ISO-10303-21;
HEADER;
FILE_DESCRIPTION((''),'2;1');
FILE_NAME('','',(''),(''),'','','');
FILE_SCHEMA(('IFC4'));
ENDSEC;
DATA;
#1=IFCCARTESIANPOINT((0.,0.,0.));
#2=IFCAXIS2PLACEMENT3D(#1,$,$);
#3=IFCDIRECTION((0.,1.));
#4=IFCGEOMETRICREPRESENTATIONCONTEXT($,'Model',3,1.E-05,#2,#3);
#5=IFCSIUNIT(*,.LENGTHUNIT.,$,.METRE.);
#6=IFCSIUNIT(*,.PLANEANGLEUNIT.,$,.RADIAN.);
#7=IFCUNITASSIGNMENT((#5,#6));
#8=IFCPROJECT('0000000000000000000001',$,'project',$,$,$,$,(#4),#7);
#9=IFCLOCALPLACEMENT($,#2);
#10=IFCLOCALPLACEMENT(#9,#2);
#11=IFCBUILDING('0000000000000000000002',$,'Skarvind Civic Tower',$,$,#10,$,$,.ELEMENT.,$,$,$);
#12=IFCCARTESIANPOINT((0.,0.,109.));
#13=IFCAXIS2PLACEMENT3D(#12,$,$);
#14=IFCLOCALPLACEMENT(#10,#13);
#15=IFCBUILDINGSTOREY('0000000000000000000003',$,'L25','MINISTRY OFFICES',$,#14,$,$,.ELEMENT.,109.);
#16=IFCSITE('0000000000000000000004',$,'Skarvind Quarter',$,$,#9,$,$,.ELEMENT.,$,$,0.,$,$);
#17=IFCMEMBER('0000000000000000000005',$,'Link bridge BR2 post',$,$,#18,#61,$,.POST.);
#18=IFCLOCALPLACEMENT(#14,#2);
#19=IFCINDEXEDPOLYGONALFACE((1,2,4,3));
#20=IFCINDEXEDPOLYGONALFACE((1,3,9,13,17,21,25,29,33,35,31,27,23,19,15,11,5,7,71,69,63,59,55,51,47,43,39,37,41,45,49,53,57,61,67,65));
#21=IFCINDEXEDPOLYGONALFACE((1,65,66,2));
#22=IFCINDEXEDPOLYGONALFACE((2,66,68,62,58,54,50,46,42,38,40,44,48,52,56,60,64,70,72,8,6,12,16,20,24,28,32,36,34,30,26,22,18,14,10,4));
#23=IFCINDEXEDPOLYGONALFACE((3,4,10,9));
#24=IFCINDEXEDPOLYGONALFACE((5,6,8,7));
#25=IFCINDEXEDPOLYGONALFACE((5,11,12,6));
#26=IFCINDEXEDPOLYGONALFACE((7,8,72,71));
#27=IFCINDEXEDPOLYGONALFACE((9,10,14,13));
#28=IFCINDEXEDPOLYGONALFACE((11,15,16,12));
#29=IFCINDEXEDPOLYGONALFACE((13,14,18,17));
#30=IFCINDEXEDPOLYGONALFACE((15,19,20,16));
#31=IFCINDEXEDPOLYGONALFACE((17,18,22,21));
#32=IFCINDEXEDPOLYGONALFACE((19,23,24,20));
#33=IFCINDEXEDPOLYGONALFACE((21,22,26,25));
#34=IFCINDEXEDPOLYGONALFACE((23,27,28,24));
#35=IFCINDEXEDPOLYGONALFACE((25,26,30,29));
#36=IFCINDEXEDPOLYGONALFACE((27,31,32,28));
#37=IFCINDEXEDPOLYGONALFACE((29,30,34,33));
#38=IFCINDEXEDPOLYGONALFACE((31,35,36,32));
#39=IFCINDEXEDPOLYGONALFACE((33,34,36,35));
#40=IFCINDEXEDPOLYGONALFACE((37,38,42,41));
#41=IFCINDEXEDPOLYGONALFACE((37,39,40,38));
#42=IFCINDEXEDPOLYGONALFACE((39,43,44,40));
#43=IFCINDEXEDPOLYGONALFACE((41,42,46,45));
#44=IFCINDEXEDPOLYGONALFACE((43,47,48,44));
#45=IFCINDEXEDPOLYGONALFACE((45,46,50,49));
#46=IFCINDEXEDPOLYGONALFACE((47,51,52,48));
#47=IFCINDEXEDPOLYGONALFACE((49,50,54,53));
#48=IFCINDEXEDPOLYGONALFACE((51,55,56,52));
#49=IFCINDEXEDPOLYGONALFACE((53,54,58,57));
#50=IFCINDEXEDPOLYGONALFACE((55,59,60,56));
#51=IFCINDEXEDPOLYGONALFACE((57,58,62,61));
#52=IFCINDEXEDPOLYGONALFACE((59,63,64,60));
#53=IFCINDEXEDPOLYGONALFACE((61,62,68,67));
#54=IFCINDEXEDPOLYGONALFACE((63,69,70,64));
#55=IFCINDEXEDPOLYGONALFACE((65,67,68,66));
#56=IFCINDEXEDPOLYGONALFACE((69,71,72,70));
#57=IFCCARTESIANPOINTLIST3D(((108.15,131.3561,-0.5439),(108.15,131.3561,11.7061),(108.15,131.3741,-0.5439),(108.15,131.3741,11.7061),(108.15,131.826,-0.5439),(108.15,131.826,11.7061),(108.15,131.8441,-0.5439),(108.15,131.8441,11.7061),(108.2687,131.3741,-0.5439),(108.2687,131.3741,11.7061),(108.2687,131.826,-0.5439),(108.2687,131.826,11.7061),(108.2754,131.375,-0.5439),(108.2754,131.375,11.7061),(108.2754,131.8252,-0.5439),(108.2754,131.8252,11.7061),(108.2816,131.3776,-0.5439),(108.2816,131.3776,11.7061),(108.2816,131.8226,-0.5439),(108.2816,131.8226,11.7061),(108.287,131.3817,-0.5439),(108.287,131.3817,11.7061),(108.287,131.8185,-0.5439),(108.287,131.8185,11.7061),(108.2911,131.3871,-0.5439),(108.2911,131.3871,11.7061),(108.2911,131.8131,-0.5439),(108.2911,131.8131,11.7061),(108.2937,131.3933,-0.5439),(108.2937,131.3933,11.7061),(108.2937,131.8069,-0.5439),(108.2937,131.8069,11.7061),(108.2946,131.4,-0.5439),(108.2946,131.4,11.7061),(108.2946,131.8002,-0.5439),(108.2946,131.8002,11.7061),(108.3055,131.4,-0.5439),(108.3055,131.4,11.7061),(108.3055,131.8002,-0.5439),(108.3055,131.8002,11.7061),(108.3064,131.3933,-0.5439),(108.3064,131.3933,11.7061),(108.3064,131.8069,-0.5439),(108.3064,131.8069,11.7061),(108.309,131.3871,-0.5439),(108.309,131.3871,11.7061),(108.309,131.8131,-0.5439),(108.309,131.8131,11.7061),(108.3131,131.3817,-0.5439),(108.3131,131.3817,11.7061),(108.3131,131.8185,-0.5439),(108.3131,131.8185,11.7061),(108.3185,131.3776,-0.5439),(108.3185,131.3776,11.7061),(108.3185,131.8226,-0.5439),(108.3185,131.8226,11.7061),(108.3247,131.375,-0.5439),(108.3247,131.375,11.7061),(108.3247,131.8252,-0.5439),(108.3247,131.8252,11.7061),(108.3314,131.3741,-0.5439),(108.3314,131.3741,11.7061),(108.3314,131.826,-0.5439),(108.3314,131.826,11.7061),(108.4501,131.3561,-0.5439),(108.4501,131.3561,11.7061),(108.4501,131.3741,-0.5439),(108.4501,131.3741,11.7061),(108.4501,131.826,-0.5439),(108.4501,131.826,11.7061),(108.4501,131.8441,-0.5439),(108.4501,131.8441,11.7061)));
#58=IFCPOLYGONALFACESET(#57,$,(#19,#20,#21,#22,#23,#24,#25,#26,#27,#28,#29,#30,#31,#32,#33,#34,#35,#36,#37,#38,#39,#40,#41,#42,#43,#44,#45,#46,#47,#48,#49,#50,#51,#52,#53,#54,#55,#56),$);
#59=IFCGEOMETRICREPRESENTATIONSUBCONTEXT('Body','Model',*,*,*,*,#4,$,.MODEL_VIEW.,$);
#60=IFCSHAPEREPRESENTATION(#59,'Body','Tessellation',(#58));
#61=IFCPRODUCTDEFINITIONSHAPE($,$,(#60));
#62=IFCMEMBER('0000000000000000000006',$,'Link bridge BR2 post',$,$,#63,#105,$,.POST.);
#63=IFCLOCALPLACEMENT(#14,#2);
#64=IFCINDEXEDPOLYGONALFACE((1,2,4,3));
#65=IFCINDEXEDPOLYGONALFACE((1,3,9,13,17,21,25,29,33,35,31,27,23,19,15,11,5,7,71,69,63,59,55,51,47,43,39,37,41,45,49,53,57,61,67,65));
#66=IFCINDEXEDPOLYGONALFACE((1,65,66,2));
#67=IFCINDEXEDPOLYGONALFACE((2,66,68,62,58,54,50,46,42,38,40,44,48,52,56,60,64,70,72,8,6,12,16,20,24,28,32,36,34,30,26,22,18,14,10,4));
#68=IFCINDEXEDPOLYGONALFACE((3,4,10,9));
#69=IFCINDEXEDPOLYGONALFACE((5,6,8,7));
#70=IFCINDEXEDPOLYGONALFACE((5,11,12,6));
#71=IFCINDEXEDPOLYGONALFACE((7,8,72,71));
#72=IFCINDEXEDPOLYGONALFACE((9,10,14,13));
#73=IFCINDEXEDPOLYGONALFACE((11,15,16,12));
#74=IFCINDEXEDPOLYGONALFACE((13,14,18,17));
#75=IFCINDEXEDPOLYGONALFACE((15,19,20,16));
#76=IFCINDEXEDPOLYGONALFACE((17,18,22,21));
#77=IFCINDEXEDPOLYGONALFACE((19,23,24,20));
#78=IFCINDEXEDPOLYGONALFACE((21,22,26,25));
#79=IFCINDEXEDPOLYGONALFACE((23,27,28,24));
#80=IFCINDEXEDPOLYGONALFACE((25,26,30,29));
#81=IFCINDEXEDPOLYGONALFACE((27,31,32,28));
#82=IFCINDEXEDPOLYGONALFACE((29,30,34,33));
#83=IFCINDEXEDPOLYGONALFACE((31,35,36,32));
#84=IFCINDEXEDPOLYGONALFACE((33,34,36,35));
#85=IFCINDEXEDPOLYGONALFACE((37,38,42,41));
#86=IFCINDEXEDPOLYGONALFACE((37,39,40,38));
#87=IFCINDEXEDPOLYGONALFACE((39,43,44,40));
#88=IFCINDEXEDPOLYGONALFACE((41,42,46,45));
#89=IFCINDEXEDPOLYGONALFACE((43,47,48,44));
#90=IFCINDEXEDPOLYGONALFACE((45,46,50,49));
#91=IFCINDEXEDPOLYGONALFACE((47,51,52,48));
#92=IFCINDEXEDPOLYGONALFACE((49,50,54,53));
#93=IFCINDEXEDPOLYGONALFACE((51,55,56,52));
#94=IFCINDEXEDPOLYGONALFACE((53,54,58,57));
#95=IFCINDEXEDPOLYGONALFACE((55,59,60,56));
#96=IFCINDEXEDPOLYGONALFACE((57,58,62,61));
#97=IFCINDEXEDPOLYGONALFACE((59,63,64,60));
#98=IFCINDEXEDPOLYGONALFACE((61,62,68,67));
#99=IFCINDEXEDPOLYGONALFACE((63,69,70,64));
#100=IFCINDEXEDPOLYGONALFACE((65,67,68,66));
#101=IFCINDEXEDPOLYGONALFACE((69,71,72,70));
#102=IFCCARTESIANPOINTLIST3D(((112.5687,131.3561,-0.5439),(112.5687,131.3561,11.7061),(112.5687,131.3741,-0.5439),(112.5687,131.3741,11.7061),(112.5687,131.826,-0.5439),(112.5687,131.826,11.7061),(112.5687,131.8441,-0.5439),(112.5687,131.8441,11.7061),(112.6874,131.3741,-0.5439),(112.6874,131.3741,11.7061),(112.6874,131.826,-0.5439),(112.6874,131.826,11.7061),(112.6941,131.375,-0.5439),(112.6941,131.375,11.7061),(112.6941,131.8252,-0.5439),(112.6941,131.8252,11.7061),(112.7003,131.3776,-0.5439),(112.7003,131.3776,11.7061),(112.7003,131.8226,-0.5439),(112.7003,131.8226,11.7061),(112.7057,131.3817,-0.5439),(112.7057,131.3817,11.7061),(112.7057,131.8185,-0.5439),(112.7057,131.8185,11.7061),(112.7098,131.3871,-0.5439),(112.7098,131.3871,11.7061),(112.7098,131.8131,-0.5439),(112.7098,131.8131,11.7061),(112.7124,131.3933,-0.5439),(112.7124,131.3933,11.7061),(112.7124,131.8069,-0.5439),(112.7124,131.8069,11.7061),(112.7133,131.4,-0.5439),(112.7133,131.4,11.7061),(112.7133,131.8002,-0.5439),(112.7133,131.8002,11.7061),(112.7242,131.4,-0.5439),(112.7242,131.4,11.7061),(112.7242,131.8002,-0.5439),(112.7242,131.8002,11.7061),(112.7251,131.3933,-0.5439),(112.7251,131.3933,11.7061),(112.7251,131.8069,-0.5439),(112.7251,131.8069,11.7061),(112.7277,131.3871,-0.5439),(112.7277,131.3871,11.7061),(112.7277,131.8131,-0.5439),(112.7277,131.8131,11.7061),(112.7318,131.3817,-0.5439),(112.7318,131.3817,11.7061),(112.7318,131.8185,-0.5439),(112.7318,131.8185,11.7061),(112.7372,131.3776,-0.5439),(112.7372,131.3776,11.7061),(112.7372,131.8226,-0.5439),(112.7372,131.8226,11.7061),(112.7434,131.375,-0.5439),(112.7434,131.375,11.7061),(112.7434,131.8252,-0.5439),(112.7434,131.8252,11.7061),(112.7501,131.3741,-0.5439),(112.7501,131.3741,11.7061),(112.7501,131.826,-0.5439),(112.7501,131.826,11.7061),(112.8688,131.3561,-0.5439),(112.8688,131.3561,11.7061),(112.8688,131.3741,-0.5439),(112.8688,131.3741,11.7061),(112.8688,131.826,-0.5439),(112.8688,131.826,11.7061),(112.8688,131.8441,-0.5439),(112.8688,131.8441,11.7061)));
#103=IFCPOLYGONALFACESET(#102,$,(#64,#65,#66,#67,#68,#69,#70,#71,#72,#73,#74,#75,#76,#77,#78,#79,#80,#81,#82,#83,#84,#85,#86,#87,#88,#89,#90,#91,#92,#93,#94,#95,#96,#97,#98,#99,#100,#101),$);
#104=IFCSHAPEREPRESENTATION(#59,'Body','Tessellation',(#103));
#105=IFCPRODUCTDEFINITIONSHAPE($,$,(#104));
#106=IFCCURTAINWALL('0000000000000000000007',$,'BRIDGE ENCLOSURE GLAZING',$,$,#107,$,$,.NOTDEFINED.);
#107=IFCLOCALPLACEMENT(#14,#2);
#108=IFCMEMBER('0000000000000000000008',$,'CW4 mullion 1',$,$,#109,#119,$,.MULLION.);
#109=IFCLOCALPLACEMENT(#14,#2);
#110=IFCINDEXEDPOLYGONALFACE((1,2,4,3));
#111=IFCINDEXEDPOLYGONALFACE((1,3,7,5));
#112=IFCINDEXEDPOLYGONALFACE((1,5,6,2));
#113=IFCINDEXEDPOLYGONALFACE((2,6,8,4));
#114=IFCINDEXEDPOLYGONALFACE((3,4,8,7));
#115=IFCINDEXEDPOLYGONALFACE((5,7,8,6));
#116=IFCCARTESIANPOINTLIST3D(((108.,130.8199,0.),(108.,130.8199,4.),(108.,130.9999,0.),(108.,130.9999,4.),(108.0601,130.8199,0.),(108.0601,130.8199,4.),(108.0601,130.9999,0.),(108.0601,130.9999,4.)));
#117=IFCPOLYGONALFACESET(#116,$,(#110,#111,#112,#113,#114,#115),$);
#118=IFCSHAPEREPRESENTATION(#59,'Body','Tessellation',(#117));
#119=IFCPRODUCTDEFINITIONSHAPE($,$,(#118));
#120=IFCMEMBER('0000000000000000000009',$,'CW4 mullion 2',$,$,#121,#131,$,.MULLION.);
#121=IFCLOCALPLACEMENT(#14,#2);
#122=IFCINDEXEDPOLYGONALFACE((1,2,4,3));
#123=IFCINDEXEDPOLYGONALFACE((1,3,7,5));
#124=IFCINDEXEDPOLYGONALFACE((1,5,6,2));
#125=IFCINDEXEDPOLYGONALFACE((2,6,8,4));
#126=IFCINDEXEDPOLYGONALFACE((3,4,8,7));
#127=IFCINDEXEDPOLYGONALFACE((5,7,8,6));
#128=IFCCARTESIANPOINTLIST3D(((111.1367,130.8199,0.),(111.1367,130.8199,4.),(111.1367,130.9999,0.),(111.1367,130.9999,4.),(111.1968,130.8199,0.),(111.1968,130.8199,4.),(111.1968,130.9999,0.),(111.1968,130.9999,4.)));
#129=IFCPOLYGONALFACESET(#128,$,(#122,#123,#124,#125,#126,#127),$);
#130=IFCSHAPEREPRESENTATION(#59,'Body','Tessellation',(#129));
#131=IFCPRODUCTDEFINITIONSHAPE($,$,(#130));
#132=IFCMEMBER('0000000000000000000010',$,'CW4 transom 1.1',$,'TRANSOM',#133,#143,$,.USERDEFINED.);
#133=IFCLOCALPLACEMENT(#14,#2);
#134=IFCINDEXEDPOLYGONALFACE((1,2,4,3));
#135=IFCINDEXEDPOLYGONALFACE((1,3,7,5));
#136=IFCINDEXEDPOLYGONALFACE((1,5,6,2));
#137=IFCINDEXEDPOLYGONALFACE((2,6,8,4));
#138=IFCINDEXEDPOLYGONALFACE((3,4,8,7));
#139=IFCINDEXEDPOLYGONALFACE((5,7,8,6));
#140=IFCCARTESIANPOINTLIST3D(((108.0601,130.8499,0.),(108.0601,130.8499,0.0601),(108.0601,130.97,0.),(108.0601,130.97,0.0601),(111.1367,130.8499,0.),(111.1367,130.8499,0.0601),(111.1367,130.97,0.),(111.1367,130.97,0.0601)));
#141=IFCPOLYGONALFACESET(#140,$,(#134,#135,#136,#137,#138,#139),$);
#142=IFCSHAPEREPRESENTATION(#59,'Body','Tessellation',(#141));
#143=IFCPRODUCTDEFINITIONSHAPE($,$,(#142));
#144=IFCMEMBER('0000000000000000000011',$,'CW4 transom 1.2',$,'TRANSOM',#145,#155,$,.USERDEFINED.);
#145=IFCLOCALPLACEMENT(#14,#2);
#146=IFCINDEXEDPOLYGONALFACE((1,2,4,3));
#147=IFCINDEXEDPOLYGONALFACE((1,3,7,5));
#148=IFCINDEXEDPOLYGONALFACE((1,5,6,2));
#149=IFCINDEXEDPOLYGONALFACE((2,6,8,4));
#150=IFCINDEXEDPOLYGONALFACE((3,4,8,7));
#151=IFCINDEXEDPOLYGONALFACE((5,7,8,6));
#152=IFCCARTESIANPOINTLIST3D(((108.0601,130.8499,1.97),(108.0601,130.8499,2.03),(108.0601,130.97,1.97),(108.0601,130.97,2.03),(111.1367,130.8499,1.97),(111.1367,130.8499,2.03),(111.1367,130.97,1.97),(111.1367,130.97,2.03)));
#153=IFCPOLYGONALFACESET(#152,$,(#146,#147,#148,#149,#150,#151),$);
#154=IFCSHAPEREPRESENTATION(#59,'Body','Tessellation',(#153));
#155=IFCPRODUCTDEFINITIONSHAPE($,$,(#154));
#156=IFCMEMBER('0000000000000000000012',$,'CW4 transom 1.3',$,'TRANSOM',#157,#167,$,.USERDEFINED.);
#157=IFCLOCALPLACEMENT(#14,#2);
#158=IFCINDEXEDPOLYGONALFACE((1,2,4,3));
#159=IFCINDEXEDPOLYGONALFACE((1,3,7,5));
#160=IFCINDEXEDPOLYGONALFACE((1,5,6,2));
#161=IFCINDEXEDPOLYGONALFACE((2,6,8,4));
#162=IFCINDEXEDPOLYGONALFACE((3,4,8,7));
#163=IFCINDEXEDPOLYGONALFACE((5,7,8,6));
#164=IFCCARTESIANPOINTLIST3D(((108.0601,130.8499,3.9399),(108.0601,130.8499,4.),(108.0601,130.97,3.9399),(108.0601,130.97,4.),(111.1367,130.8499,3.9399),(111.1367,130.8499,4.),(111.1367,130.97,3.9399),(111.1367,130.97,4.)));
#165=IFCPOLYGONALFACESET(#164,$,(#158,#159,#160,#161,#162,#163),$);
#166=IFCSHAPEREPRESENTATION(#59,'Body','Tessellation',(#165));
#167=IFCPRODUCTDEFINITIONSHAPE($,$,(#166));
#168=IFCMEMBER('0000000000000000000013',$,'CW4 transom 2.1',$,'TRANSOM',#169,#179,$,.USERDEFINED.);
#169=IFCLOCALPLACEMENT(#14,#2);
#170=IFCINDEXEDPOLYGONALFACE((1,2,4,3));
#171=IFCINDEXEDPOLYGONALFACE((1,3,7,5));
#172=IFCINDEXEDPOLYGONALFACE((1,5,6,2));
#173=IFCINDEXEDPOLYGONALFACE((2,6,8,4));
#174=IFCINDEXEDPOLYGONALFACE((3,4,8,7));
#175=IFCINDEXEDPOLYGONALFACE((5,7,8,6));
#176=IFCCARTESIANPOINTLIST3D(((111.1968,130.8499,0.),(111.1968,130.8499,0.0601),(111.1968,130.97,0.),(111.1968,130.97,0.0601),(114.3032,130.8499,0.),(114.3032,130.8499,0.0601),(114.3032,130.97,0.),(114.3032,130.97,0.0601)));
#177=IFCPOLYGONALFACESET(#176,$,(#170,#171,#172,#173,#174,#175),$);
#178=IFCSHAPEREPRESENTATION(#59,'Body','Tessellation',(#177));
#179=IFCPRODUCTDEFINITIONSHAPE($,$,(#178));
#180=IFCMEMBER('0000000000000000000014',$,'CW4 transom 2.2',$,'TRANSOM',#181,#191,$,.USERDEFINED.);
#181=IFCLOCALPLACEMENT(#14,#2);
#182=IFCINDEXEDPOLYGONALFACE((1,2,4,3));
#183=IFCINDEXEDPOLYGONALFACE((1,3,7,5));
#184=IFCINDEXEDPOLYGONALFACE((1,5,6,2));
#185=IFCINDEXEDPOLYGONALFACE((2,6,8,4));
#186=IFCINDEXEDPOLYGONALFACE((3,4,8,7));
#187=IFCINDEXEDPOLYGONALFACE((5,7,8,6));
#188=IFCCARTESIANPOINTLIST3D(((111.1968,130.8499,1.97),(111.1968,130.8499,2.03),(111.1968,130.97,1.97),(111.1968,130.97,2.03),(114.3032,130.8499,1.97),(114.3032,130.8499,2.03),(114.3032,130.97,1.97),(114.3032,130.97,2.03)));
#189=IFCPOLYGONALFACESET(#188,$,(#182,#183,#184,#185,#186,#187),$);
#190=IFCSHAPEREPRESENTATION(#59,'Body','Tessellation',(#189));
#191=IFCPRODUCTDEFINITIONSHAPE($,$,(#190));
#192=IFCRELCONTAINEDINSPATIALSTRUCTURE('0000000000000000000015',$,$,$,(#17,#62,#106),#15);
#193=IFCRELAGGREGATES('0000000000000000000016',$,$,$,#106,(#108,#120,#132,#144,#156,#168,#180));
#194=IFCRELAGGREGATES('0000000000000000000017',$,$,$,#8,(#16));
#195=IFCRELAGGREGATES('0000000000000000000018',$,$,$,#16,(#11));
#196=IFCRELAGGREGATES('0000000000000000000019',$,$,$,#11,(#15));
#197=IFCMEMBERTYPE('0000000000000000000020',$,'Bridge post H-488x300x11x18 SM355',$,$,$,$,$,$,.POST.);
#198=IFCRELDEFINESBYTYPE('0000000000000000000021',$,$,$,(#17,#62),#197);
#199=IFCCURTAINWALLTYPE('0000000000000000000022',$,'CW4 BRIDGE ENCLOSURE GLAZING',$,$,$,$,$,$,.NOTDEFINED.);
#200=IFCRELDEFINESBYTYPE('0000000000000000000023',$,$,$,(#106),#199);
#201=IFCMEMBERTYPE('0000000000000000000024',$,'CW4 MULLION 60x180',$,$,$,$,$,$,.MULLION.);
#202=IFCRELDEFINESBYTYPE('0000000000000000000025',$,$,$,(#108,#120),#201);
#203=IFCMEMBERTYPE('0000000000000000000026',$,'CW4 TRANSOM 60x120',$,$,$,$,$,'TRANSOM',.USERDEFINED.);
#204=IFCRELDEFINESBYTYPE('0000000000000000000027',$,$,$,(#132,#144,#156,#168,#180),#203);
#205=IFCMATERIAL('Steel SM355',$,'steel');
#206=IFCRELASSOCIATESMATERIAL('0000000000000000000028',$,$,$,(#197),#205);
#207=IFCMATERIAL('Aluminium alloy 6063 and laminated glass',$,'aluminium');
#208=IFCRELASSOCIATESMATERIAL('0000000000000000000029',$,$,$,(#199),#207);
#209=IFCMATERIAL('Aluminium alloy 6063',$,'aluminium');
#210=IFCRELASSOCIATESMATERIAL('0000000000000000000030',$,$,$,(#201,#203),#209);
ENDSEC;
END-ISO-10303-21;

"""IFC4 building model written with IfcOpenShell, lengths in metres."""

from ifc_helpers import new_model, si_unit, direction, frame, origin, origin_2d, place, context, subcontext, project, spatial, rectangle, i_section, extrude, material, material_profile, profile_set, type_object, element, aggregate, save


model = new_model("IFC4")

# Units and contexts
model_context = context("Model", 3, precision=1e-05, world=origin(), true_north=direction((0.0, 1.0)))
body_context = subcontext(model_context, "Body", "Model", "MODEL_VIEW")
ifc_project = project(units=[si_unit("LENGTHUNIT", "METRE"), si_unit("PLANEANGLEUNIT", "RADIAN")], contexts=[model_context])

# Site, building, storey
site_placement = place(None, origin())
site = spatial("IfcSite", under=ifc_project, at=site_placement, Name="Skarvind Quarter", CompositionType="ELEMENT", RefElevation=0.0)
building_placement = place(site_placement, origin())
building = spatial("IfcBuilding", under=site, at=building_placement, Name="Skarvind Civic Tower", CompositionType="ELEMENT")
storey_placement = place(building_placement, frame((0.0, 0.0, 109.0)))
storey = spatial("IfcBuildingStorey", under=building, at=storey_placement, Name="L25", Description="MINISTRY OFFICES", CompositionType="ELEMENT", Elevation=109.0)

# Members
ifc_material_1 = material(Name="Steel SM355", Category="steel")
ifc_material_profile_1 = material_profile(ifc_material_1, i_section(OverallWidth=0.3, OverallDepth=0.488, WebThickness=0.011, FlangeThickness=0.0181, FilletRadius=0.0259, at=origin_2d()), Name="H-488x300x11x18")
ifc_profile_set_1 = profile_set([ifc_material_profile_1], Name="Steel SM355")
member_type_1 = type_object("IfcMemberType", Name="Bridge post H-488x300x11x18 SM355", PredefinedType="POST", material=ifc_profile_set_1)
for number, where, z_axis, x_axis, name in (
    (1, (108.3, 131.6001, -0.5439), (0.0, 0.0, 1.0), (1.0, 0.0, 0.0), "Link bridge BR2 post"),
    (2, (112.7188, 131.6001, -0.5439), (0.0, 0.0, 1.0), (1.0, 0.0, 0.0), "Link bridge BR2 post"),
):
    element("IfcMember", number, at=place(storey_placement, frame(where, z_axis=z_axis, x_axis=x_axis)), inside=storey, type_object=member_type_1, Name=name, PredefinedType="POST", context=body_context, shape_type="SweptSolid", body=[
        extrude(i_section(OverallWidth=0.3, OverallDepth=0.488, WebThickness=0.011, FlangeThickness=0.0181, FilletRadius=0.0259, at=origin_2d()), origin(), (0.0, 0.0, 1.0), 12.25),
    ])

# Curtain wall, members
ifc_material_2 = material(Name="Aluminium alloy 6063 and laminated glass", Category="aluminium")
curtain_wall_type = type_object("IfcCurtainWallType", Name="CW4 BRIDGE ENCLOSURE GLAZING", PredefinedType="NOTDEFINED", material=ifc_material_2)
curtain_wall_placement = place(storey_placement, origin())
curtain_wall = element("IfcCurtainWall", 3, at=curtain_wall_placement, inside=storey, type_object=curtain_wall_type, Name="BRIDGE ENCLOSURE GLAZING", PredefinedType="NOTDEFINED")
ifc_material_3 = material(Name="Aluminium alloy 6063", Category="aluminium")
ifc_material_profile_2 = material_profile(ifc_material_3, rectangle(XDim=0.1799, YDim=0.0601, at=origin_2d()), Name="AL 60x180")
ifc_profile_set_2 = profile_set([ifc_material_profile_2], Name="Aluminium alloy 6063")
member_type_2 = type_object("IfcMemberType", Name="CW4 MULLION 60x180", PredefinedType="MULLION", material=ifc_profile_set_2)
member_1_placement = place(storey_placement, frame((108.03, 130.9099, 0.0), z_axis=(0.0, 0.0, 1.0), x_axis=(0.0, 1.0, 0.0)))
member_1 = element("IfcMember", 4, at=member_1_placement, type_object=member_type_2, Name="CW4 mullion 1", PredefinedType="MULLION", context=body_context, shape_type="SweptSolid", body=[
    extrude(rectangle(XDim=0.1799, YDim=0.0601, at=origin_2d()), origin(), (0.0, 0.0, 1.0), 4.0),
])
member_2_placement = place(storey_placement, frame((111.1667, 130.9099, 0.0), z_axis=(0.0, 0.0, 1.0), x_axis=(0.0, 1.0, 0.0)))
member_2 = element("IfcMember", 5, at=member_2_placement, type_object=member_type_2, Name="CW4 mullion 2", PredefinedType="MULLION", context=body_context, shape_type="SweptSolid", body=[
    extrude(rectangle(XDim=0.1799, YDim=0.0601, at=origin_2d()), origin(), (0.0, 0.0, 1.0), 4.0),
])
ifc_material_profile_3 = material_profile(ifc_material_3, rectangle(XDim=0.1201, YDim=0.0601, at=origin_2d()), Name="AL 60x120")
ifc_profile_set_3 = profile_set([ifc_material_profile_3], Name="Aluminium alloy 6063")
member_type_3 = type_object("IfcMemberType", Name="CW4 TRANSOM 60x120", ElementType="TRANSOM", PredefinedType="USERDEFINED", material=ifc_profile_set_3)
member_3_placement = place(storey_placement, frame((108.0601, 130.9099, 0.03), z_axis=(1.0, 0.0, 0.0), x_axis=(0.0, 1.0, 0.0)))
member_3 = element("IfcMember", 6, at=member_3_placement, type_object=member_type_3, Name="CW4 transom 1.1", ObjectType="TRANSOM", PredefinedType="USERDEFINED", context=body_context, shape_type="SweptSolid", body=[
    extrude(rectangle(XDim=0.1201, YDim=0.0601, at=origin_2d()), origin(), (0.0, 0.0, 1.0), 3.0767),
])
member_4_placement = place(storey_placement, frame((108.0601, 130.9099, 2.0), z_axis=(1.0, 0.0, 0.0), x_axis=(0.0, 1.0, 0.0)))
member_4 = element("IfcMember", 7, at=member_4_placement, type_object=member_type_3, Name="CW4 transom 1.2", ObjectType="TRANSOM", PredefinedType="USERDEFINED", context=body_context, shape_type="SweptSolid", body=[
    extrude(rectangle(XDim=0.1201, YDim=0.0601, at=origin_2d()), origin(), (0.0, 0.0, 1.0), 3.0767),
])
member_5_placement = place(storey_placement, frame((108.0601, 130.9099, 3.97), z_axis=(1.0, 0.0, 0.0), x_axis=(0.0, 1.0, 0.0)))
member_5 = element("IfcMember", 8, at=member_5_placement, type_object=member_type_3, Name="CW4 transom 1.3", ObjectType="TRANSOM", PredefinedType="USERDEFINED", context=body_context, shape_type="SweptSolid", body=[
    extrude(rectangle(XDim=0.1201, YDim=0.0601, at=origin_2d()), origin(), (0.0, 0.0, 1.0), 3.0767),
])
member_6_placement = place(storey_placement, frame((111.1968, 130.9099, 0.03), z_axis=(1.0, 0.0, 0.0), x_axis=(0.0, 1.0, 0.0)))
member_6 = element("IfcMember", 9, at=member_6_placement, type_object=member_type_3, Name="CW4 transom 2.1", ObjectType="TRANSOM", PredefinedType="USERDEFINED", context=body_context, shape_type="SweptSolid", body=[
    extrude(rectangle(XDim=0.1201, YDim=0.0601, at=origin_2d()), origin(), (0.0, 0.0, 1.0), 3.1064),
])
member_7_placement = place(storey_placement, frame((111.1968, 130.9099, 2.0), z_axis=(1.0, 0.0, 0.0), x_axis=(0.0, 1.0, 0.0)))
member_7 = element("IfcMember", 10, at=member_7_placement, type_object=member_type_3, Name="CW4 transom 2.2", ObjectType="TRANSOM", PredefinedType="USERDEFINED", context=body_context, shape_type="SweptSolid", body=[
    extrude(rectangle(XDim=0.1201, YDim=0.0601, at=origin_2d()), origin(), (0.0, 0.0, 1.0), 3.1064),
])
aggregate(curtain_wall, [member_1, member_2, member_3, member_4, member_5, member_6, member_7])

save(model, "model.ifc")
